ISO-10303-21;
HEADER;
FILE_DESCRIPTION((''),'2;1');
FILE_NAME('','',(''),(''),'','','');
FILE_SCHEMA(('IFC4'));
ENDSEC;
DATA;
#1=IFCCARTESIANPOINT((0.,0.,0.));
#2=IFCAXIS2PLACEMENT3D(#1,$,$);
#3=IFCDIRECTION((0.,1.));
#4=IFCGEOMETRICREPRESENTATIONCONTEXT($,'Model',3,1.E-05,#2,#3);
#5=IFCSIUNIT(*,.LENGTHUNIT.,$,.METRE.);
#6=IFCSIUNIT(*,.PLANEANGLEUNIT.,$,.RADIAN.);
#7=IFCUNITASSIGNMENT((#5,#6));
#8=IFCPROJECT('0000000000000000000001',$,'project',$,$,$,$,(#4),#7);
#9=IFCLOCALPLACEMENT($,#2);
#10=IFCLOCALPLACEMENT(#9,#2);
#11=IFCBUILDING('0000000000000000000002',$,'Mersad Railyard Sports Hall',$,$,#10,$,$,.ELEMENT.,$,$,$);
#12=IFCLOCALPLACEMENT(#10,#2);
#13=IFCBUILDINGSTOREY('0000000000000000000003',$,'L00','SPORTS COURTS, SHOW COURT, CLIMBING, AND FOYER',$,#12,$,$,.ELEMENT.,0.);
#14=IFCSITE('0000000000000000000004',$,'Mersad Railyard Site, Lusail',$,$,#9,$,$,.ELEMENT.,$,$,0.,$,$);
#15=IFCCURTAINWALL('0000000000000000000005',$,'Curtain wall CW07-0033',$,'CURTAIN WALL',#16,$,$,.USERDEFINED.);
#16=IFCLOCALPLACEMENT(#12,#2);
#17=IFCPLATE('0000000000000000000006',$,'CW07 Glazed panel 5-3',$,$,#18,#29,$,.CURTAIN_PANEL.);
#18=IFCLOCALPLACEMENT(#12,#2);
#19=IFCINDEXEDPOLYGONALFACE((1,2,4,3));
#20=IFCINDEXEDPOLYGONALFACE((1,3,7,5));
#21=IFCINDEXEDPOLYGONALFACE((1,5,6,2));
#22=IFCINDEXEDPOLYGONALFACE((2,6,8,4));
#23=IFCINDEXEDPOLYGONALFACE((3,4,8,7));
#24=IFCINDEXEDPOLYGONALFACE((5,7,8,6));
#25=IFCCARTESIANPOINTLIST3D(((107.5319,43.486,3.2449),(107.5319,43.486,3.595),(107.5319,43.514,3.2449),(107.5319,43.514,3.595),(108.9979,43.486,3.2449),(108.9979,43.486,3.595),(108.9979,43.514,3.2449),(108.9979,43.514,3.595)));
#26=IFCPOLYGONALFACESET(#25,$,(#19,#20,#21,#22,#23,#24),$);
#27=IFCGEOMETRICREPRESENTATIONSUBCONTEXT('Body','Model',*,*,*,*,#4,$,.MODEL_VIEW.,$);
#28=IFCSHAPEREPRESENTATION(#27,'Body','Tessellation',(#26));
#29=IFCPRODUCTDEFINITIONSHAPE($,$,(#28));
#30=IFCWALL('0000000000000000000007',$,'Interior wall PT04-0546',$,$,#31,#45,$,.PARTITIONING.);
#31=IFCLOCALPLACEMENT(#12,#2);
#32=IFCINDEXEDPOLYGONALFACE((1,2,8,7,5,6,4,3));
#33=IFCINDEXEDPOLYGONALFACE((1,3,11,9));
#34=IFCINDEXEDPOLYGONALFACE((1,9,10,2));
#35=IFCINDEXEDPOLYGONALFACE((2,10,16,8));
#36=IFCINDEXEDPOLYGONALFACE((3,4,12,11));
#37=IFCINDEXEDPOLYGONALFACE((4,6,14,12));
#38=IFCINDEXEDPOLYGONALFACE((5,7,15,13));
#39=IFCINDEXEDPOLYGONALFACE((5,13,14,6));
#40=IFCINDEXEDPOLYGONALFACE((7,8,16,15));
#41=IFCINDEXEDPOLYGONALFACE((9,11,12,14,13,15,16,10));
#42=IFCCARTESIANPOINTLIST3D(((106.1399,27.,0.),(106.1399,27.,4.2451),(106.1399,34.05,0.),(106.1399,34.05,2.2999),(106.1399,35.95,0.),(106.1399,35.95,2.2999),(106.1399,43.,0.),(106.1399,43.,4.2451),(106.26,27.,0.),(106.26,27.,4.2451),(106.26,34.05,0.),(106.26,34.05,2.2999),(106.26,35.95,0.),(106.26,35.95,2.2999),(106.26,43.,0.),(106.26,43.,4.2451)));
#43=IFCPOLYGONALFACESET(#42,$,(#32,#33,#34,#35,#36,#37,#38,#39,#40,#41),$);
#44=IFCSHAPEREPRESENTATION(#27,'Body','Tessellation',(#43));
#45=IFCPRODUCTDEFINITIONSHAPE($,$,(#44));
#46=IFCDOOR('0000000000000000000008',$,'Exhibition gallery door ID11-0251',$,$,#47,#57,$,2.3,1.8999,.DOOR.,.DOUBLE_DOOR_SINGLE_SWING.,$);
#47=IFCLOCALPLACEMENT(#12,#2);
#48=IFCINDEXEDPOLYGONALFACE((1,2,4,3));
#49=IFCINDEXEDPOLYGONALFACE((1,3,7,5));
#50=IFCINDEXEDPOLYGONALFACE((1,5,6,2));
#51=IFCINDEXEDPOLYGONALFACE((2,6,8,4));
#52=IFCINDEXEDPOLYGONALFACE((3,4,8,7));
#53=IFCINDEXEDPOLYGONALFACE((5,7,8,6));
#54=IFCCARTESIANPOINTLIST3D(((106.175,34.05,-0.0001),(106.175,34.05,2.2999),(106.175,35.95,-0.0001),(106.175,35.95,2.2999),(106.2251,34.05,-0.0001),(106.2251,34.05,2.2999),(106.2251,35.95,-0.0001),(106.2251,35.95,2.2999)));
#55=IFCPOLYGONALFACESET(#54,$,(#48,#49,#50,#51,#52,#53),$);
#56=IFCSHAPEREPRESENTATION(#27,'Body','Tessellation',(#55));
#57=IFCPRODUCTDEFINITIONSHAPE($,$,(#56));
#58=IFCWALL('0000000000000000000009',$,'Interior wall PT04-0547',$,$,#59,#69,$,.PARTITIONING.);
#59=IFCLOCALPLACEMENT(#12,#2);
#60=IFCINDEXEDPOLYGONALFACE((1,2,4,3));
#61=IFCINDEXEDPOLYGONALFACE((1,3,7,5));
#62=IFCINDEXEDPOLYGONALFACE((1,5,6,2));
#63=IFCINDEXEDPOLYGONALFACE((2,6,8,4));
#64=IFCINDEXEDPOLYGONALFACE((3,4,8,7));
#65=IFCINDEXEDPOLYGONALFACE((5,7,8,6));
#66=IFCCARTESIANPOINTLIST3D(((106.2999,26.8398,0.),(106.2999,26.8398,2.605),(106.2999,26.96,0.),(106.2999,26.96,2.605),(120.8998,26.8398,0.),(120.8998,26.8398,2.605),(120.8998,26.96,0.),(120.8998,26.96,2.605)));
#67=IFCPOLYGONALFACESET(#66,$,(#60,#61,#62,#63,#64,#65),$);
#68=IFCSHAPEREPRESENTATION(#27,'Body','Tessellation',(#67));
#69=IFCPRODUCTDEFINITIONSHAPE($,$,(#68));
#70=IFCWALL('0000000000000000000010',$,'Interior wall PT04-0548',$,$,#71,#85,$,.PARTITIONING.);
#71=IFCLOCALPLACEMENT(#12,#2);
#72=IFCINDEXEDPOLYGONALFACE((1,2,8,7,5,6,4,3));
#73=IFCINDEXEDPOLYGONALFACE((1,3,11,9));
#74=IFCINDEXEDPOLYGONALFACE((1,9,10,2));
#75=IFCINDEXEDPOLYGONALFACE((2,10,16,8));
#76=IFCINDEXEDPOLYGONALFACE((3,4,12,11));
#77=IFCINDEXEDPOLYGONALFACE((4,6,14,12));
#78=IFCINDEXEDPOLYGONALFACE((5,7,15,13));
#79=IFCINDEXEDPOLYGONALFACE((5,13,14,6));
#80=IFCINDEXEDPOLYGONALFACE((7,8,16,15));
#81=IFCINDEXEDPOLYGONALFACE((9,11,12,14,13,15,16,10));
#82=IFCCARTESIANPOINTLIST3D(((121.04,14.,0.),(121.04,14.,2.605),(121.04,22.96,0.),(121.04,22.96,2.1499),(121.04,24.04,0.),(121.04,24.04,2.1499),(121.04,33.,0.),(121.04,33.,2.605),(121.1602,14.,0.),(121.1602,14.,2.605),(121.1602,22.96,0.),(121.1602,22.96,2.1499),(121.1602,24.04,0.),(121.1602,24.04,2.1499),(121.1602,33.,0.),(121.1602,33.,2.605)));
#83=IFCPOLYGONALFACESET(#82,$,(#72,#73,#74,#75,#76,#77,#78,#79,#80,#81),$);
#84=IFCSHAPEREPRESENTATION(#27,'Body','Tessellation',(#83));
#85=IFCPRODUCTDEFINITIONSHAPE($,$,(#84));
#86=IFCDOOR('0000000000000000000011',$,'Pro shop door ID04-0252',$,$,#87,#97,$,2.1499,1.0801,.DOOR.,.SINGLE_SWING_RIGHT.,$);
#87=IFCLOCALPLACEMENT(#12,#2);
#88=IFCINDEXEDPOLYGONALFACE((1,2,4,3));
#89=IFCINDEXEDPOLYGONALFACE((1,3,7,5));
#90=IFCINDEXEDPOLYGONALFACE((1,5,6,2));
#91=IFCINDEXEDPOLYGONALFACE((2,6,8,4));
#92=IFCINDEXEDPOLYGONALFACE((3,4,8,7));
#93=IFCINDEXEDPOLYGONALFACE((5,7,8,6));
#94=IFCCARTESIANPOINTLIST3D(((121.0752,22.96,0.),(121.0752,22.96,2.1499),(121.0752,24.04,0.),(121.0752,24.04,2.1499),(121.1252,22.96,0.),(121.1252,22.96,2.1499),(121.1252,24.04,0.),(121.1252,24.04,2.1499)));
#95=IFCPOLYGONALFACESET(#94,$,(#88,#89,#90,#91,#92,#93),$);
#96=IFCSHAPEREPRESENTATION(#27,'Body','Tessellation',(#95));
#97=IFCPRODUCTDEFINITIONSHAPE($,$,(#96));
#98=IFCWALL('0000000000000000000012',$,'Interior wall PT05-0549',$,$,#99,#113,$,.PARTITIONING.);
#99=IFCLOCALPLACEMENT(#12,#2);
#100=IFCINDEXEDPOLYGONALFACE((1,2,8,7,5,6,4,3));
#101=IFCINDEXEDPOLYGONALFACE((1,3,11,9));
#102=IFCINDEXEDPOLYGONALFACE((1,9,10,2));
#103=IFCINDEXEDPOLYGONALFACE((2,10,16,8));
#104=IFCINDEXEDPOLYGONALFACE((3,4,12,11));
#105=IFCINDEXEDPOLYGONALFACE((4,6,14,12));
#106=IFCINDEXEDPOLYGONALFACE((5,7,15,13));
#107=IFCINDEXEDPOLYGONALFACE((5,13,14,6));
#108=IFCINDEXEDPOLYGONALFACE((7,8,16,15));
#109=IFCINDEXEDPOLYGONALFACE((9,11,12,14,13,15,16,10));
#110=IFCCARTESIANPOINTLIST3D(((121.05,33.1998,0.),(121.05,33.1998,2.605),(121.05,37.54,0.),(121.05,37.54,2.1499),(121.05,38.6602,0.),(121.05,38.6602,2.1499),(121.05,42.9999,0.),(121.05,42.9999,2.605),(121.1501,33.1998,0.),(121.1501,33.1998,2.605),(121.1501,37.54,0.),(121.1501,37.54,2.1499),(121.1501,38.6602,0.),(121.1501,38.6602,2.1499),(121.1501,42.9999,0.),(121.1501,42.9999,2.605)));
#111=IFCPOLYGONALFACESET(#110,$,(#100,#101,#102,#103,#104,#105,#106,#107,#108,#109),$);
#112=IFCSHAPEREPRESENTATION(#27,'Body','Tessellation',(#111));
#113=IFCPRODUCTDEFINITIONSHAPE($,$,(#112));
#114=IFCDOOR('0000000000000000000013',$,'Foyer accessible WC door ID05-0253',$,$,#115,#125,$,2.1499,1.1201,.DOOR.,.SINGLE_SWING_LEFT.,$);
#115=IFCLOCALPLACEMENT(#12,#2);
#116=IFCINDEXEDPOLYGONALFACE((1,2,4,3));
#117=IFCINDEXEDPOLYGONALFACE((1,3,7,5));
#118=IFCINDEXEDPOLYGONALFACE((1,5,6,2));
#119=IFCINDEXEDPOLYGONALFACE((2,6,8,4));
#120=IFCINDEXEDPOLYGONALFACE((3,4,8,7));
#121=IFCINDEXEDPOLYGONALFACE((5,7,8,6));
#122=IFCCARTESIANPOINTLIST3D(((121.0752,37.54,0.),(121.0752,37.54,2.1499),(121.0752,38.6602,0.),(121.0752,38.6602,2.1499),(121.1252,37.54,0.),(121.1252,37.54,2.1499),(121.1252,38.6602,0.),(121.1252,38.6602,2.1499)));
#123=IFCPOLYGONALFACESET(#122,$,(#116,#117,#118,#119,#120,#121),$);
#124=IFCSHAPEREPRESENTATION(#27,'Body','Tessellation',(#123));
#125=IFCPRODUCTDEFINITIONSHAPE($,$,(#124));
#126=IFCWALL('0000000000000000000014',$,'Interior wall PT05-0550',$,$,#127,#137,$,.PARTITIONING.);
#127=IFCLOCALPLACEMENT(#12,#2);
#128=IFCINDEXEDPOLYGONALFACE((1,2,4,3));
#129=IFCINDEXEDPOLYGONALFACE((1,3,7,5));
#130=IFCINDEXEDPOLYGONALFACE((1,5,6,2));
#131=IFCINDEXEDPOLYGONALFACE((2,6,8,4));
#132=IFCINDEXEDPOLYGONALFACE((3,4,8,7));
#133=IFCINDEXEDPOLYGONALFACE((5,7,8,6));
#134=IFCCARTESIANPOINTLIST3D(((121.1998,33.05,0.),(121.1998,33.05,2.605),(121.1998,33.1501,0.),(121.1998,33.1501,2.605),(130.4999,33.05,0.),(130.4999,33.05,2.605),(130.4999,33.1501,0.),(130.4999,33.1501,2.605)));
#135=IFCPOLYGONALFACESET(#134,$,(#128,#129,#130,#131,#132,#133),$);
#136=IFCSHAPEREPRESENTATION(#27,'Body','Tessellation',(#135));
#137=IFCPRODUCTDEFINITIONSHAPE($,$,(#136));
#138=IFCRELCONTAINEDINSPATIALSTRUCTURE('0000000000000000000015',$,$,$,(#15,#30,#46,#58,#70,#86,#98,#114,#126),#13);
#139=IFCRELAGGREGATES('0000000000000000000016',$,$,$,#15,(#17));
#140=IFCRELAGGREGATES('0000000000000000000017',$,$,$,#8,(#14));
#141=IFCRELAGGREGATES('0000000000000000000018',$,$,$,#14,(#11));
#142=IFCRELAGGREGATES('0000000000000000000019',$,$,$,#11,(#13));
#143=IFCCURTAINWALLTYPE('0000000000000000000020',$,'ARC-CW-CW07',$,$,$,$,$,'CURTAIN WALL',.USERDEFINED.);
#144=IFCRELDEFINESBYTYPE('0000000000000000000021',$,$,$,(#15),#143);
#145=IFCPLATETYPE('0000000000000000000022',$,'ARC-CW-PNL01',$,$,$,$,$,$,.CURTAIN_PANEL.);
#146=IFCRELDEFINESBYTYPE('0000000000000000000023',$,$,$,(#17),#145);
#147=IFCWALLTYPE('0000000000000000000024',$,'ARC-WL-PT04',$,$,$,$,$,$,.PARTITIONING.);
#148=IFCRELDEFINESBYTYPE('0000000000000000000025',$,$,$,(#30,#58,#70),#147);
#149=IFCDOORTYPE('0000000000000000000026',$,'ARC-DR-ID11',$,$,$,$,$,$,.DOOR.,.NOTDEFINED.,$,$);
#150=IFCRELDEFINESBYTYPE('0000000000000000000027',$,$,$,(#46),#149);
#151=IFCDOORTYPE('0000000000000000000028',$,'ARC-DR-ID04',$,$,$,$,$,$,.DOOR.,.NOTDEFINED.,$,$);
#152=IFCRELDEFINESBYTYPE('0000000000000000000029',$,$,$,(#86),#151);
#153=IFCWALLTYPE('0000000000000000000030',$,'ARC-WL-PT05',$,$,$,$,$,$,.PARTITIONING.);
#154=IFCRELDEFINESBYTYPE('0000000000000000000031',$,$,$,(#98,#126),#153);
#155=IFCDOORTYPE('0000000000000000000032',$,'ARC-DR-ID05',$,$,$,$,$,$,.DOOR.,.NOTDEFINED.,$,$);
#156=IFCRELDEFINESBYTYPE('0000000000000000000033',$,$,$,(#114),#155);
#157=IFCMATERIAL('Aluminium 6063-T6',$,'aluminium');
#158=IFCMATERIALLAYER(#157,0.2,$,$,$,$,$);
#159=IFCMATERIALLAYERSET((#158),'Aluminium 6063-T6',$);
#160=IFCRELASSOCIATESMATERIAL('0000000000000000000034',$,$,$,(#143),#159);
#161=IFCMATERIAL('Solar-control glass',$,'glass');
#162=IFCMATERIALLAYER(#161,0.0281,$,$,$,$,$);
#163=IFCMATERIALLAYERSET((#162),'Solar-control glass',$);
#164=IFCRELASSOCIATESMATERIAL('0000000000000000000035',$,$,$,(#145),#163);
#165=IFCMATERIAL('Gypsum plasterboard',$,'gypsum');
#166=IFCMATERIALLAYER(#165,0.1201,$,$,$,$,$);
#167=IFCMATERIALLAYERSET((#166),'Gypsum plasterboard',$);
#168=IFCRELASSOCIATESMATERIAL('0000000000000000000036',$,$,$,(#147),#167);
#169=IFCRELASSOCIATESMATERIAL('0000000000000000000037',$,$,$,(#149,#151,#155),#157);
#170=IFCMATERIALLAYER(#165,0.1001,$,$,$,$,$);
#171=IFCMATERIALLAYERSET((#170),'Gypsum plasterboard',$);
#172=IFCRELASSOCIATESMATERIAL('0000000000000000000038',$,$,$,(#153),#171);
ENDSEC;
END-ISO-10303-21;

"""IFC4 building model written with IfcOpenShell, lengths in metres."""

from ifc_helpers import new_model, si_unit, direction, frame, frame_2d, origin, origin_2d, place, context, subcontext, project, spatial, rectangle, extrude, material, layer, layer_set, type_object, element, fill, aggregate, save


model = new_model("IFC4")

# Units and contexts
model_context = context("Model", 3, precision=1e-05, world=origin(), true_north=direction((0.0, 1.0)))
body_context = subcontext(model_context, "Body", "Model", "MODEL_VIEW")
ifc_project = project(units=[si_unit("LENGTHUNIT", "METRE"), si_unit("PLANEANGLEUNIT", "RADIAN")], contexts=[model_context])

# Site, building, storey
site_placement = place(None, origin())
site = spatial("IfcSite", under=ifc_project, at=site_placement, Name="Mersad Railyard Site, Lusail", CompositionType="ELEMENT", RefElevation=0.0)
building_placement = place(site_placement, origin())
building = spatial("IfcBuilding", under=site, at=building_placement, Name="Mersad Railyard Sports Hall", CompositionType="ELEMENT")
storey_placement = place(building_placement, origin())
storey = spatial("IfcBuildingStorey", under=building, at=storey_placement, Name="L00", Description="SPORTS COURTS, SHOW COURT, CLIMBING, AND FOYER", CompositionType="ELEMENT", Elevation=0.0)

# Curtain wall, plate
ifc_material_1 = material(Name="Aluminium 6063-T6", Category="aluminium")
ifc_layer_1 = layer(ifc_material_1, 0.2)
ifc_layer_set_1 = layer_set([ifc_layer_1], Name="Aluminium 6063-T6")
curtain_wall_type = type_object("IfcCurtainWallType", Name="ARC-CW-CW07", ElementType="CURTAIN WALL", PredefinedType="USERDEFINED", material=ifc_layer_set_1)
curtain_wall_placement = place(storey_placement, origin())
curtain_wall = element("IfcCurtainWall", 1, at=curtain_wall_placement, inside=storey, type_object=curtain_wall_type, Name="Curtain wall CW07-0033", ObjectType="CURTAIN WALL", PredefinedType="USERDEFINED")
ifc_material_2 = material(Name="Solar-control glass", Category="glass")
ifc_layer_2 = layer(ifc_material_2, 0.0281)
ifc_layer_set_2 = layer_set([ifc_layer_2], Name="Solar-control glass")
plate_type = type_object("IfcPlateType", Name="ARC-CW-PNL01", PredefinedType="CURTAIN_PANEL", material=ifc_layer_set_2)
plate_1_placement = place(storey_placement, frame((108.2649, 43.5, 3.2449), z_axis=(0.0, 0.0, 1.0), x_axis=(1.0, 0.0, 0.0)))
plate_1 = element("IfcPlate", 2, at=plate_1_placement, type_object=plate_type, Name="CW07 Glazed panel 5-3", PredefinedType="CURTAIN_PANEL", context=body_context, shape_type="SweptSolid", body=[
    extrude(rectangle(XDim=1.4661, YDim=0.0281, at=origin_2d()), origin(), (0.0, 0.0, 1.0), 0.3501),
])
aggregate(curtain_wall, [plate_1])

# Wall, opening, door
ifc_material_3 = material(Name="Gypsum plasterboard", Category="gypsum")
ifc_layer_3 = layer(ifc_material_3, 0.1201)
ifc_layer_set_3 = layer_set([ifc_layer_3], Name="Gypsum plasterboard")
wall_type_1 = type_object("IfcWallType", Name="ARC-WL-PT04", PredefinedType="PARTITIONING", material=ifc_layer_set_3)
wall_1_placement = place(storey_placement, frame((106.2, 27.0, 0.0), z_axis=(0.0, 0.0, 1.0), x_axis=(0.0, 1.0, 0.0)))
wall_1 = element("IfcWall", 3, at=wall_1_placement, inside=storey, type_object=wall_type_1, Name="Interior wall PT04-0546", PredefinedType="PARTITIONING", context=body_context, shape_type="SweptSolid", body=[
    extrude(rectangle(XDim=16.0, YDim=0.1201, at=frame_2d((8.0, 0.0))), origin(), (0.0, 0.0, 1.0), 4.2451),
])
opening_1_placement = place(wall_1_placement, frame((7.05, 0.0, 0.0)))
opening_1 = element("IfcOpeningElement", 4, at=opening_1_placement, cuts=wall_1, PredefinedType="OPENING", context=body_context, shape_type="SweptSolid", body=[
    extrude(rectangle(XDim=1.8999, YDim=2.3, at=frame_2d((0.95, 1.1499))), frame((0.0, 0.0701, 0.0), z_axis=(0.0, -1.0, 0.0), x_axis=(1.0, 0.0, 0.0)), (0.0, 0.0, 1.0), 0.1401),
])
door_type_1 = type_object("IfcDoorType", Name="ARC-DR-ID11", OperationType="NOTDEFINED", PredefinedType="DOOR", material=ifc_material_1)
door_1_placement = place(opening_1_placement, origin())
door_1 = element("IfcDoor", 5, at=door_1_placement, inside=storey, type_object=door_type_1, Name="Exhibition gallery door ID11-0251", OperationType="DOUBLE_DOOR_SINGLE_SWING", OverallHeight=2.3, OverallWidth=1.8999, PredefinedType="DOOR", context=body_context, shape_type="SweptSolid", body=[
    extrude(rectangle(XDim=1.8999, YDim=2.3, at=frame_2d((0.95, 1.1499))), frame((0.0, 0.0249, 0.0), z_axis=(0.0, -1.0, 0.0), x_axis=(1.0, 0.0, 0.0)), (0.0, 0.0, 1.0), 0.05),
])
fill(opening_1, door_1)

# Wall
wall_2_placement = place(storey_placement, frame((106.3, 26.8999, 0.0), z_axis=(0.0, 0.0, 1.0), x_axis=(1.0, 0.0, 0.0)))
element("IfcWall", 6, at=wall_2_placement, inside=storey, type_object=wall_type_1, Name="Interior wall PT04-0547", PredefinedType="PARTITIONING", context=body_context, shape_type="SweptSolid", body=[
    extrude(rectangle(XDim=14.5999, YDim=0.1201, at=frame_2d((7.2998, 0.0))), origin(), (0.0, 0.0, 1.0), 2.605),
])

# Walls, openings, doors
wall_3_placement = place(storey_placement, frame((121.1001, 14.0, 0.0), z_axis=(0.0, 0.0, 1.0), x_axis=(0.0, 1.0, 0.0)))
wall_3 = element("IfcWall", 7, at=wall_3_placement, inside=storey, type_object=wall_type_1, Name="Interior wall PT04-0548", PredefinedType="PARTITIONING", context=body_context, shape_type="SweptSolid", body=[
    extrude(rectangle(XDim=19.0, YDim=0.1201, at=frame_2d((9.5, 0.0))), origin(), (0.0, 0.0, 1.0), 2.605),
])
opening_2_placement = place(wall_3_placement, frame((8.96, 0.0, 0.0)))
opening_2 = element("IfcOpeningElement", 8, at=opening_2_placement, cuts=wall_3, PredefinedType="OPENING", context=body_context, shape_type="SweptSolid", body=[
    extrude(rectangle(XDim=1.0801, YDim=2.1499, at=frame_2d((0.54, 1.075))), frame((0.0, 0.0701, 0.0), z_axis=(0.0, -1.0, 0.0), x_axis=(1.0, 0.0, 0.0)), (0.0, 0.0, 1.0), 0.1401),
])
door_type_2 = type_object("IfcDoorType", Name="ARC-DR-ID04", OperationType="NOTDEFINED", PredefinedType="DOOR", material=ifc_material_1)
door_2_placement = place(opening_2_placement, origin())
door_2 = element("IfcDoor", 9, at=door_2_placement, inside=storey, type_object=door_type_2, Name="Pro shop door ID04-0252", OperationType="SINGLE_SWING_RIGHT", OverallHeight=2.1499, OverallWidth=1.0801, PredefinedType="DOOR", context=body_context, shape_type="SweptSolid", body=[
    extrude(rectangle(XDim=1.0801, YDim=2.1499, at=frame_2d((0.54, 1.075))), frame((0.0, 0.0249, 0.0), z_axis=(0.0, -1.0, 0.0), x_axis=(1.0, 0.0, 0.0)), (0.0, 0.0, 1.0), 0.05),
])
fill(opening_2, door_2)
ifc_layer_4 = layer(ifc_material_3, 0.1001)
ifc_layer_set_4 = layer_set([ifc_layer_4], Name="Gypsum plasterboard")
wall_type_2 = type_object("IfcWallType", Name="ARC-WL-PT05", PredefinedType="PARTITIONING", material=ifc_layer_set_4)
wall_4_placement = place(storey_placement, frame((121.1001, 33.2, 0.0), z_axis=(0.0, 0.0, 1.0), x_axis=(0.0, 1.0, 0.0)))
wall_4 = element("IfcWall", 10, at=wall_4_placement, inside=storey, type_object=wall_type_2, Name="Interior wall PT05-0549", PredefinedType="PARTITIONING", context=body_context, shape_type="SweptSolid", body=[
    extrude(rectangle(XDim=9.8, YDim=0.1001, at=frame_2d((4.8999, 0.0))), origin(), (0.0, 0.0, 1.0), 2.605),
])
opening_3_placement = place(wall_4_placement, frame((4.3401, 0.0, 0.0)))
opening_3 = element("IfcOpeningElement", 11, at=opening_3_placement, cuts=wall_4, PredefinedType="OPENING", context=body_context, shape_type="SweptSolid", body=[
    extrude(rectangle(XDim=1.1201, YDim=2.1499, at=frame_2d((0.5601, 1.075))), frame((0.0, 0.0601, 0.0), z_axis=(0.0, -1.0, 0.0), x_axis=(1.0, 0.0, 0.0)), (0.0, 0.0, 1.0), 0.1201),
])
door_type_3 = type_object("IfcDoorType", Name="ARC-DR-ID05", OperationType="NOTDEFINED", PredefinedType="DOOR", material=ifc_material_1)
door_3_placement = place(opening_3_placement, origin())
door_3 = element("IfcDoor", 12, at=door_3_placement, inside=storey, type_object=door_type_3, Name="Foyer accessible WC door ID05-0253", OperationType="SINGLE_SWING_LEFT", OverallHeight=2.1499, OverallWidth=1.1201, PredefinedType="DOOR", context=body_context, shape_type="SweptSolid", body=[
    extrude(rectangle(XDim=1.1201, YDim=2.1499, at=frame_2d((0.5601, 1.075))), frame((0.0, 0.0249, 0.0), z_axis=(0.0, -1.0, 0.0), x_axis=(1.0, 0.0, 0.0)), (0.0, 0.0, 1.0), 0.05),
])
fill(opening_3, door_3)

# Wall
wall_5_placement = place(storey_placement, frame((121.2, 33.1001, 0.0), z_axis=(0.0, 0.0, 1.0), x_axis=(1.0, 0.0, 0.0)))
element("IfcWall", 13, at=wall_5_placement, inside=storey, type_object=wall_type_2, Name="Interior wall PT05-0550", PredefinedType="PARTITIONING", context=body_context, shape_type="SweptSolid", body=[
    extrude(rectangle(XDim=9.3, YDim=0.1001, at=frame_2d((4.6499, 0.0))), origin(), (0.0, 0.0, 1.0), 2.605),
])

save(model, "model.ifc")
